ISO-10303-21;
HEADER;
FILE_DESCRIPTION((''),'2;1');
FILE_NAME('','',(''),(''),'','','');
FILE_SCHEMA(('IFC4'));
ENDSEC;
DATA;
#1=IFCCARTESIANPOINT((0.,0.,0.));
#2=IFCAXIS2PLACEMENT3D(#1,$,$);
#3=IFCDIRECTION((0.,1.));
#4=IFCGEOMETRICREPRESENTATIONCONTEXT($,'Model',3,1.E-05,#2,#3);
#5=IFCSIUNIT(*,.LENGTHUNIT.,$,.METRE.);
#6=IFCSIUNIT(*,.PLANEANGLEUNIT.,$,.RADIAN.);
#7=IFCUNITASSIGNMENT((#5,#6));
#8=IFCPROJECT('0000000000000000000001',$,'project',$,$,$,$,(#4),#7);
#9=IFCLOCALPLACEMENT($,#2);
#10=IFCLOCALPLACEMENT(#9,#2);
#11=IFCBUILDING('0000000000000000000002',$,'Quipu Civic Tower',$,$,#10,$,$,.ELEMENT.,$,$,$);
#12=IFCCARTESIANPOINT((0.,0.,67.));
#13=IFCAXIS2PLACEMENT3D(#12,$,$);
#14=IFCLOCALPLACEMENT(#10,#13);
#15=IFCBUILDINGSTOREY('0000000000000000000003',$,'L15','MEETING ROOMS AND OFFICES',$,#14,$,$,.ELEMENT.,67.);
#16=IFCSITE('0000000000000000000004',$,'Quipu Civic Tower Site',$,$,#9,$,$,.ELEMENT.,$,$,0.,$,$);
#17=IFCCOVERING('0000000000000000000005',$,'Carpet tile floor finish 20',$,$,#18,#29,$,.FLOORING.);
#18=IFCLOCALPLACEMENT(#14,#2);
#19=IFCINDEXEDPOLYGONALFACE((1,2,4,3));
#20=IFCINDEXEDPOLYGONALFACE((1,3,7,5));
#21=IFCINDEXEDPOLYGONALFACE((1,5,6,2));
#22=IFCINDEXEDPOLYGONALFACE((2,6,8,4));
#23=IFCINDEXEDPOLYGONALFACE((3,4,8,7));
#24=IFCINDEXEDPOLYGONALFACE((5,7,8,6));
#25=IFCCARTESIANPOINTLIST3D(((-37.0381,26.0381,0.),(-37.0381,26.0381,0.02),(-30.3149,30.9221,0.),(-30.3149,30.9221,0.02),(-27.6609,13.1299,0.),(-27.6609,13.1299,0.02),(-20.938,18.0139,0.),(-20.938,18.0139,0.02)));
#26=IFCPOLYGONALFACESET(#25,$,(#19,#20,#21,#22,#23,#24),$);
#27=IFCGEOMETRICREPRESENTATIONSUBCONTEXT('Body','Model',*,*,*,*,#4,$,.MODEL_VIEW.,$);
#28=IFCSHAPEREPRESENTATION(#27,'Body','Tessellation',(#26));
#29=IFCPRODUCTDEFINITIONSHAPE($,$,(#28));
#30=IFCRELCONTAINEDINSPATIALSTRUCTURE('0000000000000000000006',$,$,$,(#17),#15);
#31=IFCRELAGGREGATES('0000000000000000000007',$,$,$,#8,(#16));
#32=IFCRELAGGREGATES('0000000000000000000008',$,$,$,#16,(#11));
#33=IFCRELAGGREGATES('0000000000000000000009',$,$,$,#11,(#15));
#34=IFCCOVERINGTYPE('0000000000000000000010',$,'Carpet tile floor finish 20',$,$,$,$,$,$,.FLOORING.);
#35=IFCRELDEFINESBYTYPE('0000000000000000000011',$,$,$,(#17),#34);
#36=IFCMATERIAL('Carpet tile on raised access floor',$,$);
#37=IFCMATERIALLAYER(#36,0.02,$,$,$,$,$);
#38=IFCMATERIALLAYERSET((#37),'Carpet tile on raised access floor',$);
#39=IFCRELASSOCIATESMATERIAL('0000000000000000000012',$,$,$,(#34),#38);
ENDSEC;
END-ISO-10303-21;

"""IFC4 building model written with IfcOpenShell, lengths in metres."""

from ifc_helpers import new_model, si_unit, direction, frame, origin, place, context, subcontext, project, spatial, polyline, outline, extrude, material, layer, layer_set, type_object, element, save


model = new_model("IFC4")

# Units and contexts
model_context = context("Model", 3, precision=1e-05, world=origin(), true_north=direction((0.0, 1.0)))
body_context = subcontext(model_context, "Body", "Model", "MODEL_VIEW")
ifc_project = project(units=[si_unit("LENGTHUNIT", "METRE"), si_unit("PLANEANGLEUNIT", "RADIAN")], contexts=[model_context])

# Site, building, storey
site_placement = place(None, origin())
site = spatial("IfcSite", under=ifc_project, at=site_placement, Name="Quipu Civic Tower Site", CompositionType="ELEMENT", RefElevation=0.0)
building_placement = place(site_placement, origin())
building = spatial("IfcBuilding", under=site, at=building_placement, Name="Quipu Civic Tower", CompositionType="ELEMENT")
storey_placement = place(building_placement, frame((0.0, 0.0, 67.0)))
storey = spatial("IfcBuildingStorey", under=building, at=storey_placement, Name="L15", Description="MEETING ROOMS AND OFFICES", CompositionType="ELEMENT", Elevation=67.0)

# Covering
ifc_material_1 = material(Name="Carpet tile on raised access floor")
ifc_layer_1 = layer(ifc_material_1, 0.02)
ifc_layer_set_1 = layer_set([ifc_layer_1], Name="Carpet tile on raised access floor")
covering_type = type_object("IfcCoveringType", Name="Carpet tile floor finish 20", PredefinedType="FLOORING", material=ifc_layer_set_1)
covering_1_placement = place(storey_placement, origin())
element("IfcCovering", 1, at=covering_1_placement, inside=storey, type_object=covering_type, Name="Carpet tile floor finish 20", PredefinedType="FLOORING", context=body_context, shape_type="SweptSolid", body=[
    extrude(outline(polyline([(-37.0381, 26.0381), (-30.3149, 30.9221), (-20.938, 18.0139), (-27.6609, 13.1299), (-37.0381, 26.0381)])), origin(), (0.0, 0.0, 1.0), 0.02),
])

save(model, "model.ifc")
